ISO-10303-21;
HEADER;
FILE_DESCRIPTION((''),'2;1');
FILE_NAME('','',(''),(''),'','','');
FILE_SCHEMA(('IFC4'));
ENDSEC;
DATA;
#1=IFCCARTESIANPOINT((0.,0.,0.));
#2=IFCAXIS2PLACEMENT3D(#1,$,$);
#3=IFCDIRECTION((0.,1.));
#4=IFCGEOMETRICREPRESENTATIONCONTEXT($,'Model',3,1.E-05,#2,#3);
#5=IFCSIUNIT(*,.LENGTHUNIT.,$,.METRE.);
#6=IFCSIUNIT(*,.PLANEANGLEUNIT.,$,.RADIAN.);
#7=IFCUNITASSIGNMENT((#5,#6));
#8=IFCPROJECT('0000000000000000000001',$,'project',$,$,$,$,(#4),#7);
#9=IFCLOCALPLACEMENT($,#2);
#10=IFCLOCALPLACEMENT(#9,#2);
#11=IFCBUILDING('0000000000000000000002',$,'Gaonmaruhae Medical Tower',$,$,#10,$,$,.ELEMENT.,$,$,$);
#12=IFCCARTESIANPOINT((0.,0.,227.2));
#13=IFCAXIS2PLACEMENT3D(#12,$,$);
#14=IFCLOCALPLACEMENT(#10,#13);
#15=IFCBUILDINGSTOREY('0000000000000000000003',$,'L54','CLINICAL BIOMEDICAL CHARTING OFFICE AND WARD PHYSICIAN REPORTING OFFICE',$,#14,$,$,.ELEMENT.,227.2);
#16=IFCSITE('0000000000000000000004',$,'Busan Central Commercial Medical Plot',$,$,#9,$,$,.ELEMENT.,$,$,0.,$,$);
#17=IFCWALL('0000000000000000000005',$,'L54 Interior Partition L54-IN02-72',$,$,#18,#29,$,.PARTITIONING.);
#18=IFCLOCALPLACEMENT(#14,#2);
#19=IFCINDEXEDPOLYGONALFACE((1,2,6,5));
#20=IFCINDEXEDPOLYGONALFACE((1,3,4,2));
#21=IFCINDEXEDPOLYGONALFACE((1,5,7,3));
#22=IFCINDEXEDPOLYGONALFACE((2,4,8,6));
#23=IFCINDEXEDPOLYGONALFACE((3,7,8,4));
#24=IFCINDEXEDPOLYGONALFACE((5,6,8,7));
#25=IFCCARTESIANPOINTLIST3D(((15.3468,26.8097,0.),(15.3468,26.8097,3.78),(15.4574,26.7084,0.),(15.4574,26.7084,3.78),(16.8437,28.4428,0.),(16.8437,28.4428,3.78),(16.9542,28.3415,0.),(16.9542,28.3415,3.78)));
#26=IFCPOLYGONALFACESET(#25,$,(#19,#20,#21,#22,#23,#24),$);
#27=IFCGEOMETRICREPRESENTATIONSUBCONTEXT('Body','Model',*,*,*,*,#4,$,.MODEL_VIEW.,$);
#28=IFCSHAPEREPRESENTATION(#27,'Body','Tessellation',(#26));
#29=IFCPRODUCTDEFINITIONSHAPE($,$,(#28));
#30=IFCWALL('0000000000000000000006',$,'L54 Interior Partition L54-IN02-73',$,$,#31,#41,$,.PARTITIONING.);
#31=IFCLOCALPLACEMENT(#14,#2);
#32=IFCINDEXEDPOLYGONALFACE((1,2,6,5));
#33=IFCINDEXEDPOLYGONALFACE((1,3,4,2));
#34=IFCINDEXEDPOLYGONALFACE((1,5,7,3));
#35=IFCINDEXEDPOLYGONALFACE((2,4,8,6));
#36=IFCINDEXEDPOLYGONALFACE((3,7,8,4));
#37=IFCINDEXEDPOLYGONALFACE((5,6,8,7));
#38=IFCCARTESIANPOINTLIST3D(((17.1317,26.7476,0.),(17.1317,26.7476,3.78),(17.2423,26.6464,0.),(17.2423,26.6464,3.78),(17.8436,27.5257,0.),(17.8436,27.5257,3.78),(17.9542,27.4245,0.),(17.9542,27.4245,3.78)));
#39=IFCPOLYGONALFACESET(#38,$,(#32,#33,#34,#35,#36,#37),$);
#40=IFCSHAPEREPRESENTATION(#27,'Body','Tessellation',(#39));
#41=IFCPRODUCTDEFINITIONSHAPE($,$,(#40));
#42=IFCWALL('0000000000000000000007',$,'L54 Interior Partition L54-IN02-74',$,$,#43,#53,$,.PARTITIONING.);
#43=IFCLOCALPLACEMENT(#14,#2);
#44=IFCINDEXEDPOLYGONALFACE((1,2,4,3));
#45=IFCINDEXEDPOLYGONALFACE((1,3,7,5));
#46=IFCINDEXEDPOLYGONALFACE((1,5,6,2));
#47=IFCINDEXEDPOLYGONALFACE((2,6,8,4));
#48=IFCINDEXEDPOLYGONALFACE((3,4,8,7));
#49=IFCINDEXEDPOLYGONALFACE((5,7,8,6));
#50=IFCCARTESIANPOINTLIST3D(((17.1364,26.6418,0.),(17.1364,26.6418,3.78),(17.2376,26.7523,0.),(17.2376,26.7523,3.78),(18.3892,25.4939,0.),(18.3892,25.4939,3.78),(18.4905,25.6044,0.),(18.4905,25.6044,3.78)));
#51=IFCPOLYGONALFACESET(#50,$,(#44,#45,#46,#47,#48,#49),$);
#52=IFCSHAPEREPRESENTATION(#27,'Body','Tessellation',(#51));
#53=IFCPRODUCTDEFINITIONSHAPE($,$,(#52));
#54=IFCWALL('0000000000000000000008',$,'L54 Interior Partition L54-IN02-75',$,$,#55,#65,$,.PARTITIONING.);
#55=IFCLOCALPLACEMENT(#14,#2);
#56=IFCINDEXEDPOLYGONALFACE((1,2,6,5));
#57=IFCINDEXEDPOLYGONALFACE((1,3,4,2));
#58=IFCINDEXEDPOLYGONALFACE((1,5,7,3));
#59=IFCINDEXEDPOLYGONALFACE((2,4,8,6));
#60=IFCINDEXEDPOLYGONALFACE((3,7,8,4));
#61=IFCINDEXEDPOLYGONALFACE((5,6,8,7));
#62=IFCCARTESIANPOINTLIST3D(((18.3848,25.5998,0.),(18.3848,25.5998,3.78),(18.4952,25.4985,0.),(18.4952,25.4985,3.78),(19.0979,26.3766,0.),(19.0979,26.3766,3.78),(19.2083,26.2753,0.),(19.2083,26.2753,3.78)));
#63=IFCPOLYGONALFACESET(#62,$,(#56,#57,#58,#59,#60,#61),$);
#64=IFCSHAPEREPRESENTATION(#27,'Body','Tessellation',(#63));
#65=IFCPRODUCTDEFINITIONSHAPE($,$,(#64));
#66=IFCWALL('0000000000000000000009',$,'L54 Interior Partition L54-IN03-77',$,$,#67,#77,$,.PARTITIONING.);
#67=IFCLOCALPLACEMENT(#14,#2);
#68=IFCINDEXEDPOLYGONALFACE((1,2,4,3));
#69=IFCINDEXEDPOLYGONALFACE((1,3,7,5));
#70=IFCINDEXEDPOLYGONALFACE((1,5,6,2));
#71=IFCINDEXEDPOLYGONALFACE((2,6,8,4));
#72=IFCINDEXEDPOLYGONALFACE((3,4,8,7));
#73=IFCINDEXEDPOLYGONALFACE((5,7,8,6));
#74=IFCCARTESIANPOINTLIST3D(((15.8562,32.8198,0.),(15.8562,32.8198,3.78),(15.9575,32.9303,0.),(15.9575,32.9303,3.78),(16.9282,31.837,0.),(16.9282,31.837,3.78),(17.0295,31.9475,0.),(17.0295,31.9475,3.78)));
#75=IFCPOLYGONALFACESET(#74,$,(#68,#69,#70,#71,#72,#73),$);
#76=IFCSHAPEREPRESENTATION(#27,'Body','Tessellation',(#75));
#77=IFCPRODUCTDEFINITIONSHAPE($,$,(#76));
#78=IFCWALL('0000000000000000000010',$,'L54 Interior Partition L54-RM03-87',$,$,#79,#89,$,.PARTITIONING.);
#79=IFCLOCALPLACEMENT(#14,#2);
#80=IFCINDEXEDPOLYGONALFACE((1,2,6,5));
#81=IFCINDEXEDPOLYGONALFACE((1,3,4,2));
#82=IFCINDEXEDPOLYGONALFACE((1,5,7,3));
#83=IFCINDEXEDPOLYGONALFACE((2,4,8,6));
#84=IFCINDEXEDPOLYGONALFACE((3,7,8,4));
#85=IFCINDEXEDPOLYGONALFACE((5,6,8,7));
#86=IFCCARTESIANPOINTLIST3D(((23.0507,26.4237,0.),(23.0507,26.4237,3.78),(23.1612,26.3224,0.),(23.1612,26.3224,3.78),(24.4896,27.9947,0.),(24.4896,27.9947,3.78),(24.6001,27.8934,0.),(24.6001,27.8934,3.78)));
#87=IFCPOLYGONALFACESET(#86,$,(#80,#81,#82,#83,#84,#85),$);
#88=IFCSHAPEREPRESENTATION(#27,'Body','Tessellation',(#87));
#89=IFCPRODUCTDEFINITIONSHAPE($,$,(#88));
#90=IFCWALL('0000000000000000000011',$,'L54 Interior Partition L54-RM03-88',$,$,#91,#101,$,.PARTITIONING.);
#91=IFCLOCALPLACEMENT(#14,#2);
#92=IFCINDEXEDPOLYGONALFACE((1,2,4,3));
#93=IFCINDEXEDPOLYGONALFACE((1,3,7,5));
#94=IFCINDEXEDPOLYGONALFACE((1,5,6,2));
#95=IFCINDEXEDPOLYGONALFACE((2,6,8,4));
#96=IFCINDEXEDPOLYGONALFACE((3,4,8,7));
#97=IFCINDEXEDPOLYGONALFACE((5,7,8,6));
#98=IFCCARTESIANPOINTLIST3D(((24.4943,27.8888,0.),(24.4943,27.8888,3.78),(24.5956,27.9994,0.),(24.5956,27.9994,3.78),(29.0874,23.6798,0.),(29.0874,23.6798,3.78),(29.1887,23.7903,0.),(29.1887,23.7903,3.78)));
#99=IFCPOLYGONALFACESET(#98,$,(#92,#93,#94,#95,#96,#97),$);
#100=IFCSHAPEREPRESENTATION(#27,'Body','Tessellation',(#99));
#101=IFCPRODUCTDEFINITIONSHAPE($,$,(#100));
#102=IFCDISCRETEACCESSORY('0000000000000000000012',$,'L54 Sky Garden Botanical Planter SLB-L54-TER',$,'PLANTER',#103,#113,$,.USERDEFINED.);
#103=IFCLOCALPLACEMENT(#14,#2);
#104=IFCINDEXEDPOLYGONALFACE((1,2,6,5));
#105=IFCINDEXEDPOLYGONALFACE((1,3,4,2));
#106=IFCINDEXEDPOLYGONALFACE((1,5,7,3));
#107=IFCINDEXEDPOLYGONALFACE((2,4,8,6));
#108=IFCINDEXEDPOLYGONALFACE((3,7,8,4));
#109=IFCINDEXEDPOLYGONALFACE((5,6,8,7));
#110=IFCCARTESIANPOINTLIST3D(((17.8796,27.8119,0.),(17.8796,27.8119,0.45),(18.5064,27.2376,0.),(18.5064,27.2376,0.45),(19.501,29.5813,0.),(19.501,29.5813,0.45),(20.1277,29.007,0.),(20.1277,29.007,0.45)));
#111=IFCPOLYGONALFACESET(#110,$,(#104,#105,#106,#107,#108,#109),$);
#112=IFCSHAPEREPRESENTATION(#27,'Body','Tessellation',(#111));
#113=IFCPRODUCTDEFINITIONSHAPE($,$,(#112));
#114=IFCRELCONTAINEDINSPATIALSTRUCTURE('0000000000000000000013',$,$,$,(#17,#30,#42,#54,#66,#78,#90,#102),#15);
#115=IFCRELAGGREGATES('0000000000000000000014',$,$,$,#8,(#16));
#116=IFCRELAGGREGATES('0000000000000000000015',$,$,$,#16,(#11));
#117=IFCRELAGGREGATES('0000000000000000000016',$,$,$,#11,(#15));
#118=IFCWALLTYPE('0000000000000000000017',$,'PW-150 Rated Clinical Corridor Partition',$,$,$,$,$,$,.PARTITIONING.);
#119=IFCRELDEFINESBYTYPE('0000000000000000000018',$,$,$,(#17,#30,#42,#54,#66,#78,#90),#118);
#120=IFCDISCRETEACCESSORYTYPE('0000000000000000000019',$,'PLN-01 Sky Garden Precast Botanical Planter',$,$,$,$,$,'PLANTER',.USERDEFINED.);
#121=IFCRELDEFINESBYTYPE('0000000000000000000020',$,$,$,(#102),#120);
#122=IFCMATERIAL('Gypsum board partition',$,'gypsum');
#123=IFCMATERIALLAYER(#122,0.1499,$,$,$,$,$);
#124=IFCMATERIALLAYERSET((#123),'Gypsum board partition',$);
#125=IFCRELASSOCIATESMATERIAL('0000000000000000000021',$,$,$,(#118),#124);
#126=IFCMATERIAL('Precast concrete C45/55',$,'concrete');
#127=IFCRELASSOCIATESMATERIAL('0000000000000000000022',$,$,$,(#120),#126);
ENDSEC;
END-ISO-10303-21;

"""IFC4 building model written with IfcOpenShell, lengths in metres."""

from ifc_helpers import new_model, si_unit, direction, frame, frame_2d, origin, origin_2d, place, context, subcontext, project, spatial, rectangle, extrude, material, layer, layer_set, type_object, element, save


model = new_model("IFC4")

# Units and contexts
model_context = context("Model", 3, precision=1e-05, world=origin(), true_north=direction((0.0, 1.0)))
body_context = subcontext(model_context, "Body", "Model", "MODEL_VIEW")
ifc_project = project(units=[si_unit("LENGTHUNIT", "METRE"), si_unit("PLANEANGLEUNIT", "RADIAN")], contexts=[model_context])

# Site, building, storey
site_placement = place(None, origin())
site = spatial("IfcSite", under=ifc_project, at=site_placement, Name="Busan Central Commercial Medical Plot", CompositionType="ELEMENT", RefElevation=0.0)
building_placement = place(site_placement, origin())
building = spatial("IfcBuilding", under=site, at=building_placement, Name="Gaonmaruhae Medical Tower", CompositionType="ELEMENT")
storey_placement = place(building_placement, frame((0.0, 0.0, 227.2)))
storey = spatial("IfcBuildingStorey", under=building, at=storey_placement, Name="L54", Description="CLINICAL BIOMEDICAL CHARTING OFFICE AND WARD PHYSICIAN REPORTING OFFICE", CompositionType="ELEMENT", Elevation=227.2)

# Shared definitions
ifc_material_1 = material(Name="Precast concrete C45/55", Category="concrete")

# Walls
ifc_material_2 = material(Name="Gypsum board partition", Category="gypsum")
ifc_layer_1 = layer(ifc_material_2, 0.1499)
ifc_layer_set_1 = layer_set([ifc_layer_1], Name="Gypsum board partition")
wall_type_1 = type_object("IfcWallType", Name="PW-150 Rated Clinical Corridor Partition", PredefinedType="PARTITIONING", material=ifc_layer_set_1)
wall_1_placement = place(storey_placement, frame((15.4021, 26.759, 0.0), z_axis=(0.0, 0.0, 1.0), x_axis=(0.67569, 0.737186, 0.0)))
element("IfcWall", 1, at=wall_1_placement, inside=storey, type_object=wall_type_1, Name="L54 Interior Partition L54-IN02-72", PredefinedType="PARTITIONING", context=body_context, shape_type="SweptSolid", body=[
    extrude(rectangle(XDim=2.2153, YDim=0.1499, at=frame_2d((1.1077, 0.0))), origin(), (0.0, 0.0, 1.0), 3.78),
])
wall_2_placement = place(storey_placement, frame((17.8989, 27.4751, 0.0), z_axis=(0.0, 0.0, 1.0), x_axis=(-0.675043, -0.737778, 0.0)))
element("IfcWall", 2, at=wall_2_placement, inside=storey, type_object=wall_type_1, Name="L54 Interior Partition L54-IN02-73", PredefinedType="PARTITIONING", context=body_context, shape_type="SweptSolid", body=[
    extrude(rectangle(XDim=1.0547, YDim=0.1499, at=frame_2d((0.5273, 0.0))), origin(), (0.0, 0.0, 1.0), 3.78),
])
wall_3_placement = place(storey_placement, frame((17.187, 26.697, 0.0), z_axis=(0.0, 0.0, 1.0), x_axis=(0.737321, -0.675542, 0.0)))
element("IfcWall", 3, at=wall_3_placement, inside=storey, type_object=wall_type_1, Name="L54 Interior Partition L54-IN02-74", PredefinedType="PARTITIONING", context=body_context, shape_type="SweptSolid", body=[
    extrude(rectangle(XDim=1.6992, YDim=0.1499, at=frame_2d((0.8496, 0.0))), origin(), (0.0, 0.0, 1.0), 3.78),
])
wall_4_placement = place(storey_placement, frame((18.4399, 25.5491, 0.0), z_axis=(0.0, 0.0, 1.0), x_axis=(0.676249, 0.736673, 0.0)))
element("IfcWall", 4, at=wall_4_placement, inside=storey, type_object=wall_type_1, Name="L54 Interior Partition L54-IN02-75", PredefinedType="PARTITIONING", context=body_context, shape_type="SweptSolid", body=[
    extrude(rectangle(XDim=1.0544, YDim=0.1499, at=frame_2d((0.5273, 0.0))), origin(), (0.0, 0.0, 1.0), 3.78),
])
wall_5_placement = place(storey_placement, frame((15.907, 32.875, 0.0), z_axis=(0.0, 0.0, 1.0), x_axis=(0.737077, -0.675808, 0.0)))
element("IfcWall", 5, at=wall_5_placement, inside=storey, type_object=wall_type_1, Name="L54 Interior Partition L54-IN03-77", PredefinedType="PARTITIONING", context=body_context, shape_type="SweptSolid", body=[
    extrude(rectangle(XDim=1.4543, YDim=0.1499, at=frame_2d((0.7271, 0.0))), origin(), (0.0, 0.0, 1.0), 3.78),
])
wall_6_placement = place(storey_placement, frame((23.106, 26.373, 0.0), z_axis=(0.0, 0.0, 1.0), x_axis=(0.675429, 0.737425, 0.0)))
element("IfcWall", 6, at=wall_6_placement, inside=storey, type_object=wall_type_1, Name="L54 Interior Partition L54-RM03-87", PredefinedType="PARTITIONING", context=body_context, shape_type="SweptSolid", body=[
    extrude(rectangle(XDim=2.1304, YDim=0.1499, at=frame_2d((1.0652, 0.0))), origin(), (0.0, 0.0, 1.0), 3.78),
])
wall_7_placement = place(storey_placement, frame((24.5449, 27.9441, 0.0), z_axis=(0.0, 0.0, 1.0), x_axis=(0.737257, -0.675613, 0.0)))
element("IfcWall", 7, at=wall_7_placement, inside=storey, type_object=wall_type_1, Name="L54 Interior Partition L54-RM03-88", PredefinedType="PARTITIONING", context=body_context, shape_type="SweptSolid", body=[
    extrude(rectangle(XDim=6.23, YDim=0.1499, at=frame_2d((3.115, 0.0))), origin(), (0.0, 0.0, 1.0), 3.78),
])

# Discrete accessory
discrete_accessory_type = type_object("IfcDiscreteAccessoryType", Name="PLN-01 Sky Garden Precast Botanical Planter", ElementType="PLANTER", PredefinedType="USERDEFINED", material=ifc_material_1)
discrete_accessory_placement = place(storey_placement, frame((19.0037, 28.4094, 0.0), z_axis=(0.0, 0.0, 1.0), x_axis=(0.67559, 0.737277, 0.0)))
element("IfcDiscreteAccessory", 8, at=discrete_accessory_placement, inside=storey, type_object=discrete_accessory_type, Name="L54 Sky Garden Botanical Planter SLB-L54-TER", ObjectType="PLANTER", PredefinedType="USERDEFINED", context=body_context, shape_type="SweptSolid", body=[
    extrude(rectangle(XDim=2.3999, YDim=0.8501, at=origin_2d()), origin(), (0.0, 0.0, 1.0), 0.45),
])

save(model, "model.ifc")
